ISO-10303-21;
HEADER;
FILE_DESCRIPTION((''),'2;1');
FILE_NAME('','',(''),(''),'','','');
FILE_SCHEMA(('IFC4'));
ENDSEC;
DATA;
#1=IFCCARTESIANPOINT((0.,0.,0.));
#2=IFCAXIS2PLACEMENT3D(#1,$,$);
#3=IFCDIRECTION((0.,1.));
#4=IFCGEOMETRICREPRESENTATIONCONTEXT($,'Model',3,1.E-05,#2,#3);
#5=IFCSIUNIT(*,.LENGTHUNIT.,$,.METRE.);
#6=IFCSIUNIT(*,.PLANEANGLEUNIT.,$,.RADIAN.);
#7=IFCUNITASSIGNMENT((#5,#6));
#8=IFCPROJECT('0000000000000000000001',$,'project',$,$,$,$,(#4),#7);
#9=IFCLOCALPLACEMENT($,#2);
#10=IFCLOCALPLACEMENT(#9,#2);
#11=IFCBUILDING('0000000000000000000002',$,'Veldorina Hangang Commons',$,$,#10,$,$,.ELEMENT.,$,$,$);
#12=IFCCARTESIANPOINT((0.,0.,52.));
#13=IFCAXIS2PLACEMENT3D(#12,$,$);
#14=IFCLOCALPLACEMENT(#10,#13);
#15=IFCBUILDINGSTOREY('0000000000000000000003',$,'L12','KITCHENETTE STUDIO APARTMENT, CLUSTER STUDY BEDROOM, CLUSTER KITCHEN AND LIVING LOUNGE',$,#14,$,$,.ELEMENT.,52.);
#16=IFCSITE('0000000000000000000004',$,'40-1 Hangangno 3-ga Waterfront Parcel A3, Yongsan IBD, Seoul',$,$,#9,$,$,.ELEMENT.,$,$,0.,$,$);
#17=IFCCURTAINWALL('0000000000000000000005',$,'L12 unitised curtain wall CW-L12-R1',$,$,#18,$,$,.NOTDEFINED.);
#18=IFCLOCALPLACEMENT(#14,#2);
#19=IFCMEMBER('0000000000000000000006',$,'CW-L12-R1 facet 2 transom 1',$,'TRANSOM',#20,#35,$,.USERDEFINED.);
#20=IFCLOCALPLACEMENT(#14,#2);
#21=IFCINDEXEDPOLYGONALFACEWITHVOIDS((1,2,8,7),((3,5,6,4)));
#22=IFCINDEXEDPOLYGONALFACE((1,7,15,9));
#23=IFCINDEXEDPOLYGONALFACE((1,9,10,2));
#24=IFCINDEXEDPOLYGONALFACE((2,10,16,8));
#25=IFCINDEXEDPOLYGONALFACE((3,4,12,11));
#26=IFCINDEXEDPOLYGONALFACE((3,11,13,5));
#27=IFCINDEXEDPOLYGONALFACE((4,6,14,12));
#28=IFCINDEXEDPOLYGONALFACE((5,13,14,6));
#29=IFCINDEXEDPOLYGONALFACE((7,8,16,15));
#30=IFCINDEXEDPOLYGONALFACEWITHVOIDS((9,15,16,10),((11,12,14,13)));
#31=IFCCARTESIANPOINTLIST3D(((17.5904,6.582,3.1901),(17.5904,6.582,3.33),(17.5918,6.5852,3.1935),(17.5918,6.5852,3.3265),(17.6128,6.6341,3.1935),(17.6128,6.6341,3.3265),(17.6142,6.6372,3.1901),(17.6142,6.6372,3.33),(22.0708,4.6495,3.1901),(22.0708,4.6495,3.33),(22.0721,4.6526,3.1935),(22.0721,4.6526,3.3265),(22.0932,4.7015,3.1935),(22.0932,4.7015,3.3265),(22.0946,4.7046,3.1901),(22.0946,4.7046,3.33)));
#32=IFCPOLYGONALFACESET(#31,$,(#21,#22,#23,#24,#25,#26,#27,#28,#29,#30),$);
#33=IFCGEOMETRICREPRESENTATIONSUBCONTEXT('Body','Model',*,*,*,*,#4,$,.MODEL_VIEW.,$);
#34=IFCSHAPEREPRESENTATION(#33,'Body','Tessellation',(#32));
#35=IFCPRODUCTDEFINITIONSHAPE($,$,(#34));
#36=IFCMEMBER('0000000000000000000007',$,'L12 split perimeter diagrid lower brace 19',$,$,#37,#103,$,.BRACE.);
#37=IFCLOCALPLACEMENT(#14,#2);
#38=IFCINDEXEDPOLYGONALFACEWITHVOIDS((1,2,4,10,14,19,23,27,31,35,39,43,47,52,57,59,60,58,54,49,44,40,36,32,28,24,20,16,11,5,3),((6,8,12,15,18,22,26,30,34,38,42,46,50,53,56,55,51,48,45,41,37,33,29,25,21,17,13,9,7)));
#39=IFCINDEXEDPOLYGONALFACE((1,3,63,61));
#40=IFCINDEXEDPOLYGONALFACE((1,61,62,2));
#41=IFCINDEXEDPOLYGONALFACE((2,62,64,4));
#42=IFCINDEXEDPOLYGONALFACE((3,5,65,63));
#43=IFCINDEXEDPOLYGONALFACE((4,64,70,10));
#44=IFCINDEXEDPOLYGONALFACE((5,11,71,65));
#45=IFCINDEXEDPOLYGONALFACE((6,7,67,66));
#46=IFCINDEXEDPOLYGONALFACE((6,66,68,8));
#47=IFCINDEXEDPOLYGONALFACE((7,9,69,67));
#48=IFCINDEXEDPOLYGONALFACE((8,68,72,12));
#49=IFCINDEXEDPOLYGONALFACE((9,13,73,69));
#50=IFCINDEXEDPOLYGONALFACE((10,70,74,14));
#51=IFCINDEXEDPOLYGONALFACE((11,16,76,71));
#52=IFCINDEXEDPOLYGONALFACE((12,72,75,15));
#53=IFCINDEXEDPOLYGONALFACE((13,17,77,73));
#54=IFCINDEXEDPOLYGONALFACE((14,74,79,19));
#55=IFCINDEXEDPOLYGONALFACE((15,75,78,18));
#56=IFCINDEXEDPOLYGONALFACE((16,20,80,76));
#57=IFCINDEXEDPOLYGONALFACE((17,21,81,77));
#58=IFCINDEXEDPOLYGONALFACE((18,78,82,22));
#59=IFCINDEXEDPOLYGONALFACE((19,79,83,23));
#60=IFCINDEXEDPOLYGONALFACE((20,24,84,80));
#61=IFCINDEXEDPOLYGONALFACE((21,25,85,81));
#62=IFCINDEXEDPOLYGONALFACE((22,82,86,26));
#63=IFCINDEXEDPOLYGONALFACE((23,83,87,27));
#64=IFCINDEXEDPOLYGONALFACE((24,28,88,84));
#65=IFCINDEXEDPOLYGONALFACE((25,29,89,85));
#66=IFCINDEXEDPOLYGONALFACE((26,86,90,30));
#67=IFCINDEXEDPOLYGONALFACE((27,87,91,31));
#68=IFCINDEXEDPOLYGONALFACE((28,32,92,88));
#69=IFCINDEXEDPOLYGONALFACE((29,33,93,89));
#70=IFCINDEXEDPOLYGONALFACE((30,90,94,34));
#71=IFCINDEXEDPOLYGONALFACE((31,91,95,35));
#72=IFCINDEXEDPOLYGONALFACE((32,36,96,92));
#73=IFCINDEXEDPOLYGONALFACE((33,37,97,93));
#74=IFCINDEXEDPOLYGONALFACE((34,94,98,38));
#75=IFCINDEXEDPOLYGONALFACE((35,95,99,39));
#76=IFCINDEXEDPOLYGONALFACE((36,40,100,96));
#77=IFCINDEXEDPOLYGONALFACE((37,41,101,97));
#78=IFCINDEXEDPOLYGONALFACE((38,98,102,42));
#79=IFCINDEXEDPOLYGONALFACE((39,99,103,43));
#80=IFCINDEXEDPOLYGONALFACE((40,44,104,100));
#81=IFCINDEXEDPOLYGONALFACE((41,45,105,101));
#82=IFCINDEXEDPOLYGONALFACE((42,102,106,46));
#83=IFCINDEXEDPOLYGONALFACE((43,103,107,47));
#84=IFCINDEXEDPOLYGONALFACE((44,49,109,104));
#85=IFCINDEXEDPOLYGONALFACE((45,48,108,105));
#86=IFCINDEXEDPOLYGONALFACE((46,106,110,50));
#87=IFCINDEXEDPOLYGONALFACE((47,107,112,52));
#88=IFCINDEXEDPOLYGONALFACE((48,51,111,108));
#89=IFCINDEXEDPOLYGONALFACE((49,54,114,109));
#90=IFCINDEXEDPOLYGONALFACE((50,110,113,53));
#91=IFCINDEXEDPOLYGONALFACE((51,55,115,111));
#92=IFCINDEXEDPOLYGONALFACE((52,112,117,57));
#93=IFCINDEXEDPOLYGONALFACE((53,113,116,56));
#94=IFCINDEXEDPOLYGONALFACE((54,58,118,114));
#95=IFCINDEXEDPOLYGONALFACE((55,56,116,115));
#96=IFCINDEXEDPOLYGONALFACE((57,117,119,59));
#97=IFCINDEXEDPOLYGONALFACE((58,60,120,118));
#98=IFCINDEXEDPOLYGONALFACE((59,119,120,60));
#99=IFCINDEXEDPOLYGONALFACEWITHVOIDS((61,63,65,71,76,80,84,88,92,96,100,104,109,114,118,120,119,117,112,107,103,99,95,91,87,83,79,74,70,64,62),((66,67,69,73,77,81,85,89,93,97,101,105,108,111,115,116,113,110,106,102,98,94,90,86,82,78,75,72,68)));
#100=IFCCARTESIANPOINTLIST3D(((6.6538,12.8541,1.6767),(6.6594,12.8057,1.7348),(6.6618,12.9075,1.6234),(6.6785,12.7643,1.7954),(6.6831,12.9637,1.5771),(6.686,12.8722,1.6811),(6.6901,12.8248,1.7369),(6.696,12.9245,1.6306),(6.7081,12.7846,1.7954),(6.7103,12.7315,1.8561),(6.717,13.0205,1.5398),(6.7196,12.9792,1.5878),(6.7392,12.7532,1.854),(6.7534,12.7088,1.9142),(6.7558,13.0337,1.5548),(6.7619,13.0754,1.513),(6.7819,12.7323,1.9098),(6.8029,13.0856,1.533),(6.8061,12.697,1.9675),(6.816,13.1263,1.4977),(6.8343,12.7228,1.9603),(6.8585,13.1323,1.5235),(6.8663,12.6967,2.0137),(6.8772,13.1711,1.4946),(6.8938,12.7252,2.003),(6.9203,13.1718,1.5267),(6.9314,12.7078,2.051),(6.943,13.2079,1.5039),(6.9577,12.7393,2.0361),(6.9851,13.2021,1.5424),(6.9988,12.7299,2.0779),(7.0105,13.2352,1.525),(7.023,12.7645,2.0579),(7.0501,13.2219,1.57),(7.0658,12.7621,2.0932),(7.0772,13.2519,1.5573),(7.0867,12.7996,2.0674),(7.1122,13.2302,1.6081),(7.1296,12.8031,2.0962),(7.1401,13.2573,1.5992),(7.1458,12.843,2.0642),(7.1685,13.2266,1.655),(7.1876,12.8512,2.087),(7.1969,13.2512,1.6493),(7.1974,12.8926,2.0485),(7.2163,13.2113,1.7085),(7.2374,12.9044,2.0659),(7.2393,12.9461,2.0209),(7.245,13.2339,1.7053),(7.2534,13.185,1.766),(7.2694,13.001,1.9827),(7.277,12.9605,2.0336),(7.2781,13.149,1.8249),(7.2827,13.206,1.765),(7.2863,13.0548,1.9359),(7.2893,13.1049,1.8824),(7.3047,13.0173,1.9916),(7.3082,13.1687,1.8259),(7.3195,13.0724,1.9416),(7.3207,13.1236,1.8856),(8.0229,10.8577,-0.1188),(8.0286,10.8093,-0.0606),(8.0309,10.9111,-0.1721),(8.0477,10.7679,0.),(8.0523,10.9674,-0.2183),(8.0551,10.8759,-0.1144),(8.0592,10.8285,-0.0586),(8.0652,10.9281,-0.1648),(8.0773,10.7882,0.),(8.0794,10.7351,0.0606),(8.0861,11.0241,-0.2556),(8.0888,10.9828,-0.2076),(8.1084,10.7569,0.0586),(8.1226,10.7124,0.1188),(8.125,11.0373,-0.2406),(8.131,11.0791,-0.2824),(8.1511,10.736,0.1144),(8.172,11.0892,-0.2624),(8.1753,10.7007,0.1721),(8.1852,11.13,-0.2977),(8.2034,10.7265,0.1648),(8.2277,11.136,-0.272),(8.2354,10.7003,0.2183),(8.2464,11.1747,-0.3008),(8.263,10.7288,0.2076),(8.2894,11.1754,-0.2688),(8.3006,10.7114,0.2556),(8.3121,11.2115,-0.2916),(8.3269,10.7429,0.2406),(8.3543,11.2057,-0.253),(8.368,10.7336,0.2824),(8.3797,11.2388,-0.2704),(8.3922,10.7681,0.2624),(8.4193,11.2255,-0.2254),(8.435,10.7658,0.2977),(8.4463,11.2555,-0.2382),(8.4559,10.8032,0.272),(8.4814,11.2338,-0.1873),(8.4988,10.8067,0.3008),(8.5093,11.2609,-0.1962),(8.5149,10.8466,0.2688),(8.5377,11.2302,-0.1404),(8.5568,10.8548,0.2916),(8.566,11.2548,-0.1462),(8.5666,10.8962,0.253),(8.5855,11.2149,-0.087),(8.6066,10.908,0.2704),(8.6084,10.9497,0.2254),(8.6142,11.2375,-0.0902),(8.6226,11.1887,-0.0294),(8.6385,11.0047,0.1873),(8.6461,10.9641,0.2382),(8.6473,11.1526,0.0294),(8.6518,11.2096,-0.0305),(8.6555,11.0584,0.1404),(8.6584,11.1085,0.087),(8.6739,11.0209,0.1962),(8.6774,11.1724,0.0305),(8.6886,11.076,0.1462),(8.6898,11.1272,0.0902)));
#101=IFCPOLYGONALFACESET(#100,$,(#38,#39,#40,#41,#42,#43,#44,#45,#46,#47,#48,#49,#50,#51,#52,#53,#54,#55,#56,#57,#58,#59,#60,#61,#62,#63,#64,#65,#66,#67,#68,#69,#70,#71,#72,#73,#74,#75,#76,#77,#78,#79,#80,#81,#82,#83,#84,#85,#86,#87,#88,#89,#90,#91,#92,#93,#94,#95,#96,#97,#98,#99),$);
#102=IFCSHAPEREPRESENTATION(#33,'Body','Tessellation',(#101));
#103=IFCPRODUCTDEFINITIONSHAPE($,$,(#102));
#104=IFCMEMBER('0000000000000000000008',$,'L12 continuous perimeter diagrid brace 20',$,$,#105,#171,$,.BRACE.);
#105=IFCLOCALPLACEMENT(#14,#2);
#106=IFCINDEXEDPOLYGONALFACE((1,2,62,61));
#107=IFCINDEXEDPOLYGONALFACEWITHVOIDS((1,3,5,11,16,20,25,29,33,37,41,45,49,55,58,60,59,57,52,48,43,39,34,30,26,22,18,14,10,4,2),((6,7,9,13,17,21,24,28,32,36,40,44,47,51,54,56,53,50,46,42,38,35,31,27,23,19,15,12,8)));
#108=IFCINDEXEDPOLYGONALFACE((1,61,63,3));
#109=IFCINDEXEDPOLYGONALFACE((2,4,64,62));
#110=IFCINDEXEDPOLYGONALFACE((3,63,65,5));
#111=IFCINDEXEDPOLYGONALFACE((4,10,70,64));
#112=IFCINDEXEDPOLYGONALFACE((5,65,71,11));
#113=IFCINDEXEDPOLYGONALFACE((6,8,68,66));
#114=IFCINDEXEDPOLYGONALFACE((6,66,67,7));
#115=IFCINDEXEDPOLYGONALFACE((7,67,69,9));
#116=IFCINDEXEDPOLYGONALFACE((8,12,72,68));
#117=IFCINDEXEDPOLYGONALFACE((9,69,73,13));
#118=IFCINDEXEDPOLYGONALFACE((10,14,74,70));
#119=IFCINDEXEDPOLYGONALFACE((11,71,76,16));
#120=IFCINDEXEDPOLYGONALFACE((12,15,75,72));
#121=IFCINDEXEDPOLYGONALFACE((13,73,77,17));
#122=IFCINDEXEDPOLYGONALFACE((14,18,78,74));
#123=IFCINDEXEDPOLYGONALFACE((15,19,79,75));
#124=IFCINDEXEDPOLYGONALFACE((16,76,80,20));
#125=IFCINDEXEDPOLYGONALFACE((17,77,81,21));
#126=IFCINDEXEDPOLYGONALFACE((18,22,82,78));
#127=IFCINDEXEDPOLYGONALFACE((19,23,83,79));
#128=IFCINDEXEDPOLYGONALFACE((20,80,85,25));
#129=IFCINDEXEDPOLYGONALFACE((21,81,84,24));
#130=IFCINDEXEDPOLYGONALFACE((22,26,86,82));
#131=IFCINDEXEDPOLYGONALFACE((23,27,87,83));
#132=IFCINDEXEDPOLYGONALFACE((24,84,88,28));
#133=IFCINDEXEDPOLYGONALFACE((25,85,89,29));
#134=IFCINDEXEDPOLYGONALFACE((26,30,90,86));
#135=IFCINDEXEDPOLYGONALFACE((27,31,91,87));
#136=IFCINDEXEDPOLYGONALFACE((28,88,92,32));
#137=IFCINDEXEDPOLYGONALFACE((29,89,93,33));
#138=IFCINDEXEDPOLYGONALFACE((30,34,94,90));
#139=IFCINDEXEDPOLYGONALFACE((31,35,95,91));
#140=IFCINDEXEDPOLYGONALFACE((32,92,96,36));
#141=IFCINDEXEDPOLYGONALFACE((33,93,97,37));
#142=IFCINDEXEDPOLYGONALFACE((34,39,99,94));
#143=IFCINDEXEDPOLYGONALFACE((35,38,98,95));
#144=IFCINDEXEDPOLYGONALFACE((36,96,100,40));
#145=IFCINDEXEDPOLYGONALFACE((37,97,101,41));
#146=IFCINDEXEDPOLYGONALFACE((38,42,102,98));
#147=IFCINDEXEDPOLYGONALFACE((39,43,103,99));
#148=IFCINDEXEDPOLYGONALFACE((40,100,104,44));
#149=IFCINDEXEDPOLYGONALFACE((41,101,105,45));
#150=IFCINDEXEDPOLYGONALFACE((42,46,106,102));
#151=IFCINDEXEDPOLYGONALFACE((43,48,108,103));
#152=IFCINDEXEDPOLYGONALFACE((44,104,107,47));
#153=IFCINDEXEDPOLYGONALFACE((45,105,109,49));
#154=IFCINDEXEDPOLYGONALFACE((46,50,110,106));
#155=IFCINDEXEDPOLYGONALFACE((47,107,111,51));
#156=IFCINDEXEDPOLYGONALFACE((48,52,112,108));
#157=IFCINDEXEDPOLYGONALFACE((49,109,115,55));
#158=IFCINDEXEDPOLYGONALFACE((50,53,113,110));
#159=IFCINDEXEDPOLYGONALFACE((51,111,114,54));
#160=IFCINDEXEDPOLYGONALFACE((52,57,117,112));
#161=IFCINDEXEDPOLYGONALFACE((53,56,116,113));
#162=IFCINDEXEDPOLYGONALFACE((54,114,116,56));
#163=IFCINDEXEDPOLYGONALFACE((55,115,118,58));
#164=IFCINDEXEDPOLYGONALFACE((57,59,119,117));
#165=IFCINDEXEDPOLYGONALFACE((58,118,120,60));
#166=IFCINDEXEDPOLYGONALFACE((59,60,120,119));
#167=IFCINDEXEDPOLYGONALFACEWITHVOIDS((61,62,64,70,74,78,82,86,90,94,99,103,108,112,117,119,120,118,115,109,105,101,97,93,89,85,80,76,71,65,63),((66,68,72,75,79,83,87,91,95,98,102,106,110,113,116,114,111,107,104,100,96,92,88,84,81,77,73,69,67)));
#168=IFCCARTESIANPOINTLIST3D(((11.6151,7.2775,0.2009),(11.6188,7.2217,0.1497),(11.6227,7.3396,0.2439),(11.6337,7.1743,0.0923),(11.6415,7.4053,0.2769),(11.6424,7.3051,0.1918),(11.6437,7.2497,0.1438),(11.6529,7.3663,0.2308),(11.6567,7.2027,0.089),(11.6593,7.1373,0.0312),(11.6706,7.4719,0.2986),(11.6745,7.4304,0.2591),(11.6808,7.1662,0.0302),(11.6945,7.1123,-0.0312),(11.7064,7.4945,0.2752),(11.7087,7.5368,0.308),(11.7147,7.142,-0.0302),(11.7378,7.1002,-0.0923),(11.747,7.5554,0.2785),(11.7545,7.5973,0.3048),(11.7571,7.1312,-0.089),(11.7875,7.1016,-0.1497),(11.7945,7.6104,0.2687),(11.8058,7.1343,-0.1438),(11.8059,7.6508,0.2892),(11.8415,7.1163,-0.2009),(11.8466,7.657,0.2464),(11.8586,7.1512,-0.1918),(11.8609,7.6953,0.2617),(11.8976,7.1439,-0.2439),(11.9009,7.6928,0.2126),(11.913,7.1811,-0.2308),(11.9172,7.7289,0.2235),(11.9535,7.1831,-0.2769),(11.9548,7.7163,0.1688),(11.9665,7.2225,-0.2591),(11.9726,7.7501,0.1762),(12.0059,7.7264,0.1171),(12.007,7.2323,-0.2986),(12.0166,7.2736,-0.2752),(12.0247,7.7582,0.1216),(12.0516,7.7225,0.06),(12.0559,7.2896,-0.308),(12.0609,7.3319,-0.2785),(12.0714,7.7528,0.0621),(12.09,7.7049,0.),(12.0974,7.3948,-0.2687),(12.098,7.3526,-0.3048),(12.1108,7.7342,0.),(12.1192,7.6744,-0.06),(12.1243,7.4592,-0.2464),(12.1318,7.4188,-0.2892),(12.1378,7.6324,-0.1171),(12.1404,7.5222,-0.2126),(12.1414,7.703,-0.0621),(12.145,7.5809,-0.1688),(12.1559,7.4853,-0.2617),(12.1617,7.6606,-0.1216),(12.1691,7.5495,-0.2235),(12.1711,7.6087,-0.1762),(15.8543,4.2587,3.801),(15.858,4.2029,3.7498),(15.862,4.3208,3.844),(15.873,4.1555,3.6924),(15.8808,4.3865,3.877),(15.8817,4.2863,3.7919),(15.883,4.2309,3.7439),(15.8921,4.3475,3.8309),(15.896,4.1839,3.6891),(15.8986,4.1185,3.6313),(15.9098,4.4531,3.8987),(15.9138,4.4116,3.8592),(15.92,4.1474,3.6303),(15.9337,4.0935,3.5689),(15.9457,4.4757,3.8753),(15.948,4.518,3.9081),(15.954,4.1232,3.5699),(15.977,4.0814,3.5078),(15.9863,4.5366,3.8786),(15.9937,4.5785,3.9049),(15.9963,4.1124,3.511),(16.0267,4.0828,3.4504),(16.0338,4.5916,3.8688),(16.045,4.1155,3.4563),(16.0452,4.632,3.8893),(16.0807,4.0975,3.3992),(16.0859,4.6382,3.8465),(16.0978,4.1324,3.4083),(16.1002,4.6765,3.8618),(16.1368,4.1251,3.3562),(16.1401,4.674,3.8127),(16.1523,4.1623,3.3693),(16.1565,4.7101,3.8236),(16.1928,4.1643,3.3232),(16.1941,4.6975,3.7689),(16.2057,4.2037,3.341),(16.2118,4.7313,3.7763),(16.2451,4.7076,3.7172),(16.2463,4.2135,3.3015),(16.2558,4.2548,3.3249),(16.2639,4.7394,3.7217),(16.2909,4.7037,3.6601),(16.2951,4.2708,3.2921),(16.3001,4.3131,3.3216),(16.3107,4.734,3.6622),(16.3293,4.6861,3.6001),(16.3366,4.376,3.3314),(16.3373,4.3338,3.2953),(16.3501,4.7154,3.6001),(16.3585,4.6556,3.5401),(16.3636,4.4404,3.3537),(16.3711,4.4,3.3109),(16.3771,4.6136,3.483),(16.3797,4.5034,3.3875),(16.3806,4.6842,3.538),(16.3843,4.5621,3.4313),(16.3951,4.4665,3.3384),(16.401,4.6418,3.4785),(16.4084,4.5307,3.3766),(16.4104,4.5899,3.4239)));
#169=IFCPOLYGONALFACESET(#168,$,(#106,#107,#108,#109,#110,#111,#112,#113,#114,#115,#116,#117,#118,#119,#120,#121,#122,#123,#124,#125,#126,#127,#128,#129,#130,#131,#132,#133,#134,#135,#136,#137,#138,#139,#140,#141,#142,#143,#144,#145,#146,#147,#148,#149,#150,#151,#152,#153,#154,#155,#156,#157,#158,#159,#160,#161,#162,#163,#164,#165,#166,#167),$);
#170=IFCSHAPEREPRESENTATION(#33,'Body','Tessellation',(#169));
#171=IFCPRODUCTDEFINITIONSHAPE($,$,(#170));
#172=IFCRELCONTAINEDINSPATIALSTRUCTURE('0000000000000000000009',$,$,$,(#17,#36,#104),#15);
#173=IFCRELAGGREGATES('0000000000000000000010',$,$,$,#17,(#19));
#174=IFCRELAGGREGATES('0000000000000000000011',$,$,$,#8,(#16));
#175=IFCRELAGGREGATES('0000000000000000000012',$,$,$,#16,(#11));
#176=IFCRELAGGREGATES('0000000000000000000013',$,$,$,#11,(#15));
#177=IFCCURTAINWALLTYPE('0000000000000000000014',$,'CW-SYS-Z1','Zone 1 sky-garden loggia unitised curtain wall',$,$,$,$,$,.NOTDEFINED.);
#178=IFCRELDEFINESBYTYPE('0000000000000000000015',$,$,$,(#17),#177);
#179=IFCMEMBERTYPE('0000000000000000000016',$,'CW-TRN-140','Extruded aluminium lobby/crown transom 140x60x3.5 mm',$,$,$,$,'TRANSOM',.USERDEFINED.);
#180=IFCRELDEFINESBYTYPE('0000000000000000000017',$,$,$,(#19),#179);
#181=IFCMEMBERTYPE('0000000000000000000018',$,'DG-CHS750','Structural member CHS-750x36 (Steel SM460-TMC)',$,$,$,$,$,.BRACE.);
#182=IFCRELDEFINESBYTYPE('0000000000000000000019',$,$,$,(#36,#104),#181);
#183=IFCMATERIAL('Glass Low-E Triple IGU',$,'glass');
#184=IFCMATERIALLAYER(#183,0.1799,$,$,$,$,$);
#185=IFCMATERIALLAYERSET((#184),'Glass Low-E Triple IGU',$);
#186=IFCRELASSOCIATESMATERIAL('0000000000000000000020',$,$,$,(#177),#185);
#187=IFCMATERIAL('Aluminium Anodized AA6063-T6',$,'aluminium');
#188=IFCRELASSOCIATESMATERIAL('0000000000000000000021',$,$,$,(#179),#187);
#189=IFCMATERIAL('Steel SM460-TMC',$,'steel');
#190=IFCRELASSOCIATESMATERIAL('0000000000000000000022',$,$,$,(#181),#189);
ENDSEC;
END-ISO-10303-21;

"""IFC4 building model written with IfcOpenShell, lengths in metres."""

from ifc_helpers import new_model, si_unit, direction, frame, origin, origin_2d, place, context, subcontext, project, spatial, hollow_rectangle, hollow_circle, extrude, material, layer, layer_set, material_profile, profile_set, type_object, element, aggregate, save


model = new_model("IFC4")

# Units and contexts
model_context = context("Model", 3, precision=1e-05, world=origin(), true_north=direction((0.0, 1.0)))
body_context = subcontext(model_context, "Body", "Model", "MODEL_VIEW")
ifc_project = project(units=[si_unit("LENGTHUNIT", "METRE"), si_unit("PLANEANGLEUNIT", "RADIAN")], contexts=[model_context])

# Site, building, storey
site_placement = place(None, origin())
site = spatial("IfcSite", under=ifc_project, at=site_placement, Name="40-1 Hangangno 3-ga Waterfront Parcel A3, Yongsan IBD, Seoul", CompositionType="ELEMENT", RefElevation=0.0)
building_placement = place(site_placement, origin())
building = spatial("IfcBuilding", under=site, at=building_placement, Name="Veldorina Hangang Commons", CompositionType="ELEMENT")
storey_placement = place(building_placement, frame((0.0, 0.0, 52.0)))
storey = spatial("IfcBuildingStorey", under=building, at=storey_placement, Name="L12", Description="KITCHENETTE STUDIO APARTMENT, CLUSTER STUDY BEDROOM, CLUSTER KITCHEN AND LIVING LOUNGE", CompositionType="ELEMENT", Elevation=52.0)

# Shared definitions
ifc_material_1 = material(Name="Steel SM460-TMC", Category="steel")

# Curtain wall, member
ifc_material_2 = material(Name="Glass Low-E Triple IGU", Category="glass")
ifc_layer_1 = layer(ifc_material_2, 0.1799)
ifc_layer_set_1 = layer_set([ifc_layer_1], Name="Glass Low-E Triple IGU")
curtain_wall_type = type_object("IfcCurtainWallType", Name="CW-SYS-Z1", Description="Zone 1 sky-garden loggia unitised curtain wall", PredefinedType="NOTDEFINED", material=ifc_layer_set_1)
curtain_wall_placement = place(storey_placement, origin())
curtain_wall = element("IfcCurtainWall", 1, at=curtain_wall_placement, inside=storey, type_object=curtain_wall_type, Name="L12 unitised curtain wall CW-L12-R1", PredefinedType="NOTDEFINED")
ifc_material_3 = material(Name="Aluminium Anodized AA6063-T6", Category="aluminium")
ifc_material_profile_1 = material_profile(ifc_material_3, hollow_rectangle(XDim=0.0601, YDim=0.1399, WallThickness=0.0034, at=origin_2d()), Name="ALU-RHS-140x60x3.5")
ifc_profile_set_1 = profile_set([ifc_material_profile_1], Name="Aluminium Anodized AA6063-T6")
member_type_1 = type_object("IfcMemberType", Name="CW-TRN-140", Description="Extruded aluminium lobby/crown transom 140x60x3.5 mm", ElementType="TRANSOM", PredefinedType="USERDEFINED", material=ifc_profile_set_1)
member_1_placement = place(storey_placement, frame((17.6023, 6.6096, 3.26), z_axis=(0.918221, -0.396068, 0.0), x_axis=(0.396068, 0.918221, 0.0)))
member_1 = element("IfcMember", 2, at=member_1_placement, type_object=member_type_1, Name="CW-L12-R1 facet 2 transom 1", ObjectType="TRANSOM", PredefinedType="USERDEFINED", context=body_context, shape_type="SweptSolid", body=[
    extrude(hollow_rectangle(XDim=0.0601, YDim=0.1399, WallThickness=0.0034, at=origin_2d()), origin(), (0.0, 0.0, 1.0), 4.8794),
])

# Members
ifc_material_profile_2 = material_profile(ifc_material_1, hollow_circle(Radius=0.375, WallThickness=0.0359, at=origin_2d()), Name="CHS-750x36")
ifc_profile_set_2 = profile_set([ifc_material_profile_2], Name="Steel SM460-TMC")
member_type_2 = type_object("IfcMemberType", Name="DG-CHS750", Description="Structural member CHS-750x36 (Steel SM460-TMC)", PredefinedType="BRACE", material=ifc_profile_set_2)
member_2_placement = place(storey_placement, frame((8.3569, 10.98, 0.0), z_axis=(-0.45428, 0.662384, 0.595716), x_axis=(-0.824686, -0.565591, 0.0)))
element("IfcMember", 3, at=member_2_placement, inside=storey, type_object=member_type_2, Name="L12 split perimeter diagrid lower brace 19", PredefinedType="BRACE", context=body_context, shape_type="SweptSolid", body=[
    extrude(hollow_circle(Radius=0.375, WallThickness=0.0359, at=origin_2d()), origin(), (0.0, 0.0, 1.0), 3.0139),
])
member_3_placement = place(storey_placement, frame((11.8933, 7.4287, 0.0), z_axis=(0.669907, -0.477045, 0.568904), x_axis=(0.580062, 0.814573, 0.0)))
element("IfcMember", 4, at=member_3_placement, inside=storey, type_object=member_type_2, Name="L12 continuous perimeter diagrid brace 20", PredefinedType="BRACE", context=body_context, shape_type="SweptSolid", body=[
    extrude(hollow_circle(Radius=0.375, WallThickness=0.0359, at=origin_2d()), origin(), (0.0, 0.0, 1.0), 6.3281),
])

aggregate(curtain_wall, [member_1])

save(model, "model.ifc")
